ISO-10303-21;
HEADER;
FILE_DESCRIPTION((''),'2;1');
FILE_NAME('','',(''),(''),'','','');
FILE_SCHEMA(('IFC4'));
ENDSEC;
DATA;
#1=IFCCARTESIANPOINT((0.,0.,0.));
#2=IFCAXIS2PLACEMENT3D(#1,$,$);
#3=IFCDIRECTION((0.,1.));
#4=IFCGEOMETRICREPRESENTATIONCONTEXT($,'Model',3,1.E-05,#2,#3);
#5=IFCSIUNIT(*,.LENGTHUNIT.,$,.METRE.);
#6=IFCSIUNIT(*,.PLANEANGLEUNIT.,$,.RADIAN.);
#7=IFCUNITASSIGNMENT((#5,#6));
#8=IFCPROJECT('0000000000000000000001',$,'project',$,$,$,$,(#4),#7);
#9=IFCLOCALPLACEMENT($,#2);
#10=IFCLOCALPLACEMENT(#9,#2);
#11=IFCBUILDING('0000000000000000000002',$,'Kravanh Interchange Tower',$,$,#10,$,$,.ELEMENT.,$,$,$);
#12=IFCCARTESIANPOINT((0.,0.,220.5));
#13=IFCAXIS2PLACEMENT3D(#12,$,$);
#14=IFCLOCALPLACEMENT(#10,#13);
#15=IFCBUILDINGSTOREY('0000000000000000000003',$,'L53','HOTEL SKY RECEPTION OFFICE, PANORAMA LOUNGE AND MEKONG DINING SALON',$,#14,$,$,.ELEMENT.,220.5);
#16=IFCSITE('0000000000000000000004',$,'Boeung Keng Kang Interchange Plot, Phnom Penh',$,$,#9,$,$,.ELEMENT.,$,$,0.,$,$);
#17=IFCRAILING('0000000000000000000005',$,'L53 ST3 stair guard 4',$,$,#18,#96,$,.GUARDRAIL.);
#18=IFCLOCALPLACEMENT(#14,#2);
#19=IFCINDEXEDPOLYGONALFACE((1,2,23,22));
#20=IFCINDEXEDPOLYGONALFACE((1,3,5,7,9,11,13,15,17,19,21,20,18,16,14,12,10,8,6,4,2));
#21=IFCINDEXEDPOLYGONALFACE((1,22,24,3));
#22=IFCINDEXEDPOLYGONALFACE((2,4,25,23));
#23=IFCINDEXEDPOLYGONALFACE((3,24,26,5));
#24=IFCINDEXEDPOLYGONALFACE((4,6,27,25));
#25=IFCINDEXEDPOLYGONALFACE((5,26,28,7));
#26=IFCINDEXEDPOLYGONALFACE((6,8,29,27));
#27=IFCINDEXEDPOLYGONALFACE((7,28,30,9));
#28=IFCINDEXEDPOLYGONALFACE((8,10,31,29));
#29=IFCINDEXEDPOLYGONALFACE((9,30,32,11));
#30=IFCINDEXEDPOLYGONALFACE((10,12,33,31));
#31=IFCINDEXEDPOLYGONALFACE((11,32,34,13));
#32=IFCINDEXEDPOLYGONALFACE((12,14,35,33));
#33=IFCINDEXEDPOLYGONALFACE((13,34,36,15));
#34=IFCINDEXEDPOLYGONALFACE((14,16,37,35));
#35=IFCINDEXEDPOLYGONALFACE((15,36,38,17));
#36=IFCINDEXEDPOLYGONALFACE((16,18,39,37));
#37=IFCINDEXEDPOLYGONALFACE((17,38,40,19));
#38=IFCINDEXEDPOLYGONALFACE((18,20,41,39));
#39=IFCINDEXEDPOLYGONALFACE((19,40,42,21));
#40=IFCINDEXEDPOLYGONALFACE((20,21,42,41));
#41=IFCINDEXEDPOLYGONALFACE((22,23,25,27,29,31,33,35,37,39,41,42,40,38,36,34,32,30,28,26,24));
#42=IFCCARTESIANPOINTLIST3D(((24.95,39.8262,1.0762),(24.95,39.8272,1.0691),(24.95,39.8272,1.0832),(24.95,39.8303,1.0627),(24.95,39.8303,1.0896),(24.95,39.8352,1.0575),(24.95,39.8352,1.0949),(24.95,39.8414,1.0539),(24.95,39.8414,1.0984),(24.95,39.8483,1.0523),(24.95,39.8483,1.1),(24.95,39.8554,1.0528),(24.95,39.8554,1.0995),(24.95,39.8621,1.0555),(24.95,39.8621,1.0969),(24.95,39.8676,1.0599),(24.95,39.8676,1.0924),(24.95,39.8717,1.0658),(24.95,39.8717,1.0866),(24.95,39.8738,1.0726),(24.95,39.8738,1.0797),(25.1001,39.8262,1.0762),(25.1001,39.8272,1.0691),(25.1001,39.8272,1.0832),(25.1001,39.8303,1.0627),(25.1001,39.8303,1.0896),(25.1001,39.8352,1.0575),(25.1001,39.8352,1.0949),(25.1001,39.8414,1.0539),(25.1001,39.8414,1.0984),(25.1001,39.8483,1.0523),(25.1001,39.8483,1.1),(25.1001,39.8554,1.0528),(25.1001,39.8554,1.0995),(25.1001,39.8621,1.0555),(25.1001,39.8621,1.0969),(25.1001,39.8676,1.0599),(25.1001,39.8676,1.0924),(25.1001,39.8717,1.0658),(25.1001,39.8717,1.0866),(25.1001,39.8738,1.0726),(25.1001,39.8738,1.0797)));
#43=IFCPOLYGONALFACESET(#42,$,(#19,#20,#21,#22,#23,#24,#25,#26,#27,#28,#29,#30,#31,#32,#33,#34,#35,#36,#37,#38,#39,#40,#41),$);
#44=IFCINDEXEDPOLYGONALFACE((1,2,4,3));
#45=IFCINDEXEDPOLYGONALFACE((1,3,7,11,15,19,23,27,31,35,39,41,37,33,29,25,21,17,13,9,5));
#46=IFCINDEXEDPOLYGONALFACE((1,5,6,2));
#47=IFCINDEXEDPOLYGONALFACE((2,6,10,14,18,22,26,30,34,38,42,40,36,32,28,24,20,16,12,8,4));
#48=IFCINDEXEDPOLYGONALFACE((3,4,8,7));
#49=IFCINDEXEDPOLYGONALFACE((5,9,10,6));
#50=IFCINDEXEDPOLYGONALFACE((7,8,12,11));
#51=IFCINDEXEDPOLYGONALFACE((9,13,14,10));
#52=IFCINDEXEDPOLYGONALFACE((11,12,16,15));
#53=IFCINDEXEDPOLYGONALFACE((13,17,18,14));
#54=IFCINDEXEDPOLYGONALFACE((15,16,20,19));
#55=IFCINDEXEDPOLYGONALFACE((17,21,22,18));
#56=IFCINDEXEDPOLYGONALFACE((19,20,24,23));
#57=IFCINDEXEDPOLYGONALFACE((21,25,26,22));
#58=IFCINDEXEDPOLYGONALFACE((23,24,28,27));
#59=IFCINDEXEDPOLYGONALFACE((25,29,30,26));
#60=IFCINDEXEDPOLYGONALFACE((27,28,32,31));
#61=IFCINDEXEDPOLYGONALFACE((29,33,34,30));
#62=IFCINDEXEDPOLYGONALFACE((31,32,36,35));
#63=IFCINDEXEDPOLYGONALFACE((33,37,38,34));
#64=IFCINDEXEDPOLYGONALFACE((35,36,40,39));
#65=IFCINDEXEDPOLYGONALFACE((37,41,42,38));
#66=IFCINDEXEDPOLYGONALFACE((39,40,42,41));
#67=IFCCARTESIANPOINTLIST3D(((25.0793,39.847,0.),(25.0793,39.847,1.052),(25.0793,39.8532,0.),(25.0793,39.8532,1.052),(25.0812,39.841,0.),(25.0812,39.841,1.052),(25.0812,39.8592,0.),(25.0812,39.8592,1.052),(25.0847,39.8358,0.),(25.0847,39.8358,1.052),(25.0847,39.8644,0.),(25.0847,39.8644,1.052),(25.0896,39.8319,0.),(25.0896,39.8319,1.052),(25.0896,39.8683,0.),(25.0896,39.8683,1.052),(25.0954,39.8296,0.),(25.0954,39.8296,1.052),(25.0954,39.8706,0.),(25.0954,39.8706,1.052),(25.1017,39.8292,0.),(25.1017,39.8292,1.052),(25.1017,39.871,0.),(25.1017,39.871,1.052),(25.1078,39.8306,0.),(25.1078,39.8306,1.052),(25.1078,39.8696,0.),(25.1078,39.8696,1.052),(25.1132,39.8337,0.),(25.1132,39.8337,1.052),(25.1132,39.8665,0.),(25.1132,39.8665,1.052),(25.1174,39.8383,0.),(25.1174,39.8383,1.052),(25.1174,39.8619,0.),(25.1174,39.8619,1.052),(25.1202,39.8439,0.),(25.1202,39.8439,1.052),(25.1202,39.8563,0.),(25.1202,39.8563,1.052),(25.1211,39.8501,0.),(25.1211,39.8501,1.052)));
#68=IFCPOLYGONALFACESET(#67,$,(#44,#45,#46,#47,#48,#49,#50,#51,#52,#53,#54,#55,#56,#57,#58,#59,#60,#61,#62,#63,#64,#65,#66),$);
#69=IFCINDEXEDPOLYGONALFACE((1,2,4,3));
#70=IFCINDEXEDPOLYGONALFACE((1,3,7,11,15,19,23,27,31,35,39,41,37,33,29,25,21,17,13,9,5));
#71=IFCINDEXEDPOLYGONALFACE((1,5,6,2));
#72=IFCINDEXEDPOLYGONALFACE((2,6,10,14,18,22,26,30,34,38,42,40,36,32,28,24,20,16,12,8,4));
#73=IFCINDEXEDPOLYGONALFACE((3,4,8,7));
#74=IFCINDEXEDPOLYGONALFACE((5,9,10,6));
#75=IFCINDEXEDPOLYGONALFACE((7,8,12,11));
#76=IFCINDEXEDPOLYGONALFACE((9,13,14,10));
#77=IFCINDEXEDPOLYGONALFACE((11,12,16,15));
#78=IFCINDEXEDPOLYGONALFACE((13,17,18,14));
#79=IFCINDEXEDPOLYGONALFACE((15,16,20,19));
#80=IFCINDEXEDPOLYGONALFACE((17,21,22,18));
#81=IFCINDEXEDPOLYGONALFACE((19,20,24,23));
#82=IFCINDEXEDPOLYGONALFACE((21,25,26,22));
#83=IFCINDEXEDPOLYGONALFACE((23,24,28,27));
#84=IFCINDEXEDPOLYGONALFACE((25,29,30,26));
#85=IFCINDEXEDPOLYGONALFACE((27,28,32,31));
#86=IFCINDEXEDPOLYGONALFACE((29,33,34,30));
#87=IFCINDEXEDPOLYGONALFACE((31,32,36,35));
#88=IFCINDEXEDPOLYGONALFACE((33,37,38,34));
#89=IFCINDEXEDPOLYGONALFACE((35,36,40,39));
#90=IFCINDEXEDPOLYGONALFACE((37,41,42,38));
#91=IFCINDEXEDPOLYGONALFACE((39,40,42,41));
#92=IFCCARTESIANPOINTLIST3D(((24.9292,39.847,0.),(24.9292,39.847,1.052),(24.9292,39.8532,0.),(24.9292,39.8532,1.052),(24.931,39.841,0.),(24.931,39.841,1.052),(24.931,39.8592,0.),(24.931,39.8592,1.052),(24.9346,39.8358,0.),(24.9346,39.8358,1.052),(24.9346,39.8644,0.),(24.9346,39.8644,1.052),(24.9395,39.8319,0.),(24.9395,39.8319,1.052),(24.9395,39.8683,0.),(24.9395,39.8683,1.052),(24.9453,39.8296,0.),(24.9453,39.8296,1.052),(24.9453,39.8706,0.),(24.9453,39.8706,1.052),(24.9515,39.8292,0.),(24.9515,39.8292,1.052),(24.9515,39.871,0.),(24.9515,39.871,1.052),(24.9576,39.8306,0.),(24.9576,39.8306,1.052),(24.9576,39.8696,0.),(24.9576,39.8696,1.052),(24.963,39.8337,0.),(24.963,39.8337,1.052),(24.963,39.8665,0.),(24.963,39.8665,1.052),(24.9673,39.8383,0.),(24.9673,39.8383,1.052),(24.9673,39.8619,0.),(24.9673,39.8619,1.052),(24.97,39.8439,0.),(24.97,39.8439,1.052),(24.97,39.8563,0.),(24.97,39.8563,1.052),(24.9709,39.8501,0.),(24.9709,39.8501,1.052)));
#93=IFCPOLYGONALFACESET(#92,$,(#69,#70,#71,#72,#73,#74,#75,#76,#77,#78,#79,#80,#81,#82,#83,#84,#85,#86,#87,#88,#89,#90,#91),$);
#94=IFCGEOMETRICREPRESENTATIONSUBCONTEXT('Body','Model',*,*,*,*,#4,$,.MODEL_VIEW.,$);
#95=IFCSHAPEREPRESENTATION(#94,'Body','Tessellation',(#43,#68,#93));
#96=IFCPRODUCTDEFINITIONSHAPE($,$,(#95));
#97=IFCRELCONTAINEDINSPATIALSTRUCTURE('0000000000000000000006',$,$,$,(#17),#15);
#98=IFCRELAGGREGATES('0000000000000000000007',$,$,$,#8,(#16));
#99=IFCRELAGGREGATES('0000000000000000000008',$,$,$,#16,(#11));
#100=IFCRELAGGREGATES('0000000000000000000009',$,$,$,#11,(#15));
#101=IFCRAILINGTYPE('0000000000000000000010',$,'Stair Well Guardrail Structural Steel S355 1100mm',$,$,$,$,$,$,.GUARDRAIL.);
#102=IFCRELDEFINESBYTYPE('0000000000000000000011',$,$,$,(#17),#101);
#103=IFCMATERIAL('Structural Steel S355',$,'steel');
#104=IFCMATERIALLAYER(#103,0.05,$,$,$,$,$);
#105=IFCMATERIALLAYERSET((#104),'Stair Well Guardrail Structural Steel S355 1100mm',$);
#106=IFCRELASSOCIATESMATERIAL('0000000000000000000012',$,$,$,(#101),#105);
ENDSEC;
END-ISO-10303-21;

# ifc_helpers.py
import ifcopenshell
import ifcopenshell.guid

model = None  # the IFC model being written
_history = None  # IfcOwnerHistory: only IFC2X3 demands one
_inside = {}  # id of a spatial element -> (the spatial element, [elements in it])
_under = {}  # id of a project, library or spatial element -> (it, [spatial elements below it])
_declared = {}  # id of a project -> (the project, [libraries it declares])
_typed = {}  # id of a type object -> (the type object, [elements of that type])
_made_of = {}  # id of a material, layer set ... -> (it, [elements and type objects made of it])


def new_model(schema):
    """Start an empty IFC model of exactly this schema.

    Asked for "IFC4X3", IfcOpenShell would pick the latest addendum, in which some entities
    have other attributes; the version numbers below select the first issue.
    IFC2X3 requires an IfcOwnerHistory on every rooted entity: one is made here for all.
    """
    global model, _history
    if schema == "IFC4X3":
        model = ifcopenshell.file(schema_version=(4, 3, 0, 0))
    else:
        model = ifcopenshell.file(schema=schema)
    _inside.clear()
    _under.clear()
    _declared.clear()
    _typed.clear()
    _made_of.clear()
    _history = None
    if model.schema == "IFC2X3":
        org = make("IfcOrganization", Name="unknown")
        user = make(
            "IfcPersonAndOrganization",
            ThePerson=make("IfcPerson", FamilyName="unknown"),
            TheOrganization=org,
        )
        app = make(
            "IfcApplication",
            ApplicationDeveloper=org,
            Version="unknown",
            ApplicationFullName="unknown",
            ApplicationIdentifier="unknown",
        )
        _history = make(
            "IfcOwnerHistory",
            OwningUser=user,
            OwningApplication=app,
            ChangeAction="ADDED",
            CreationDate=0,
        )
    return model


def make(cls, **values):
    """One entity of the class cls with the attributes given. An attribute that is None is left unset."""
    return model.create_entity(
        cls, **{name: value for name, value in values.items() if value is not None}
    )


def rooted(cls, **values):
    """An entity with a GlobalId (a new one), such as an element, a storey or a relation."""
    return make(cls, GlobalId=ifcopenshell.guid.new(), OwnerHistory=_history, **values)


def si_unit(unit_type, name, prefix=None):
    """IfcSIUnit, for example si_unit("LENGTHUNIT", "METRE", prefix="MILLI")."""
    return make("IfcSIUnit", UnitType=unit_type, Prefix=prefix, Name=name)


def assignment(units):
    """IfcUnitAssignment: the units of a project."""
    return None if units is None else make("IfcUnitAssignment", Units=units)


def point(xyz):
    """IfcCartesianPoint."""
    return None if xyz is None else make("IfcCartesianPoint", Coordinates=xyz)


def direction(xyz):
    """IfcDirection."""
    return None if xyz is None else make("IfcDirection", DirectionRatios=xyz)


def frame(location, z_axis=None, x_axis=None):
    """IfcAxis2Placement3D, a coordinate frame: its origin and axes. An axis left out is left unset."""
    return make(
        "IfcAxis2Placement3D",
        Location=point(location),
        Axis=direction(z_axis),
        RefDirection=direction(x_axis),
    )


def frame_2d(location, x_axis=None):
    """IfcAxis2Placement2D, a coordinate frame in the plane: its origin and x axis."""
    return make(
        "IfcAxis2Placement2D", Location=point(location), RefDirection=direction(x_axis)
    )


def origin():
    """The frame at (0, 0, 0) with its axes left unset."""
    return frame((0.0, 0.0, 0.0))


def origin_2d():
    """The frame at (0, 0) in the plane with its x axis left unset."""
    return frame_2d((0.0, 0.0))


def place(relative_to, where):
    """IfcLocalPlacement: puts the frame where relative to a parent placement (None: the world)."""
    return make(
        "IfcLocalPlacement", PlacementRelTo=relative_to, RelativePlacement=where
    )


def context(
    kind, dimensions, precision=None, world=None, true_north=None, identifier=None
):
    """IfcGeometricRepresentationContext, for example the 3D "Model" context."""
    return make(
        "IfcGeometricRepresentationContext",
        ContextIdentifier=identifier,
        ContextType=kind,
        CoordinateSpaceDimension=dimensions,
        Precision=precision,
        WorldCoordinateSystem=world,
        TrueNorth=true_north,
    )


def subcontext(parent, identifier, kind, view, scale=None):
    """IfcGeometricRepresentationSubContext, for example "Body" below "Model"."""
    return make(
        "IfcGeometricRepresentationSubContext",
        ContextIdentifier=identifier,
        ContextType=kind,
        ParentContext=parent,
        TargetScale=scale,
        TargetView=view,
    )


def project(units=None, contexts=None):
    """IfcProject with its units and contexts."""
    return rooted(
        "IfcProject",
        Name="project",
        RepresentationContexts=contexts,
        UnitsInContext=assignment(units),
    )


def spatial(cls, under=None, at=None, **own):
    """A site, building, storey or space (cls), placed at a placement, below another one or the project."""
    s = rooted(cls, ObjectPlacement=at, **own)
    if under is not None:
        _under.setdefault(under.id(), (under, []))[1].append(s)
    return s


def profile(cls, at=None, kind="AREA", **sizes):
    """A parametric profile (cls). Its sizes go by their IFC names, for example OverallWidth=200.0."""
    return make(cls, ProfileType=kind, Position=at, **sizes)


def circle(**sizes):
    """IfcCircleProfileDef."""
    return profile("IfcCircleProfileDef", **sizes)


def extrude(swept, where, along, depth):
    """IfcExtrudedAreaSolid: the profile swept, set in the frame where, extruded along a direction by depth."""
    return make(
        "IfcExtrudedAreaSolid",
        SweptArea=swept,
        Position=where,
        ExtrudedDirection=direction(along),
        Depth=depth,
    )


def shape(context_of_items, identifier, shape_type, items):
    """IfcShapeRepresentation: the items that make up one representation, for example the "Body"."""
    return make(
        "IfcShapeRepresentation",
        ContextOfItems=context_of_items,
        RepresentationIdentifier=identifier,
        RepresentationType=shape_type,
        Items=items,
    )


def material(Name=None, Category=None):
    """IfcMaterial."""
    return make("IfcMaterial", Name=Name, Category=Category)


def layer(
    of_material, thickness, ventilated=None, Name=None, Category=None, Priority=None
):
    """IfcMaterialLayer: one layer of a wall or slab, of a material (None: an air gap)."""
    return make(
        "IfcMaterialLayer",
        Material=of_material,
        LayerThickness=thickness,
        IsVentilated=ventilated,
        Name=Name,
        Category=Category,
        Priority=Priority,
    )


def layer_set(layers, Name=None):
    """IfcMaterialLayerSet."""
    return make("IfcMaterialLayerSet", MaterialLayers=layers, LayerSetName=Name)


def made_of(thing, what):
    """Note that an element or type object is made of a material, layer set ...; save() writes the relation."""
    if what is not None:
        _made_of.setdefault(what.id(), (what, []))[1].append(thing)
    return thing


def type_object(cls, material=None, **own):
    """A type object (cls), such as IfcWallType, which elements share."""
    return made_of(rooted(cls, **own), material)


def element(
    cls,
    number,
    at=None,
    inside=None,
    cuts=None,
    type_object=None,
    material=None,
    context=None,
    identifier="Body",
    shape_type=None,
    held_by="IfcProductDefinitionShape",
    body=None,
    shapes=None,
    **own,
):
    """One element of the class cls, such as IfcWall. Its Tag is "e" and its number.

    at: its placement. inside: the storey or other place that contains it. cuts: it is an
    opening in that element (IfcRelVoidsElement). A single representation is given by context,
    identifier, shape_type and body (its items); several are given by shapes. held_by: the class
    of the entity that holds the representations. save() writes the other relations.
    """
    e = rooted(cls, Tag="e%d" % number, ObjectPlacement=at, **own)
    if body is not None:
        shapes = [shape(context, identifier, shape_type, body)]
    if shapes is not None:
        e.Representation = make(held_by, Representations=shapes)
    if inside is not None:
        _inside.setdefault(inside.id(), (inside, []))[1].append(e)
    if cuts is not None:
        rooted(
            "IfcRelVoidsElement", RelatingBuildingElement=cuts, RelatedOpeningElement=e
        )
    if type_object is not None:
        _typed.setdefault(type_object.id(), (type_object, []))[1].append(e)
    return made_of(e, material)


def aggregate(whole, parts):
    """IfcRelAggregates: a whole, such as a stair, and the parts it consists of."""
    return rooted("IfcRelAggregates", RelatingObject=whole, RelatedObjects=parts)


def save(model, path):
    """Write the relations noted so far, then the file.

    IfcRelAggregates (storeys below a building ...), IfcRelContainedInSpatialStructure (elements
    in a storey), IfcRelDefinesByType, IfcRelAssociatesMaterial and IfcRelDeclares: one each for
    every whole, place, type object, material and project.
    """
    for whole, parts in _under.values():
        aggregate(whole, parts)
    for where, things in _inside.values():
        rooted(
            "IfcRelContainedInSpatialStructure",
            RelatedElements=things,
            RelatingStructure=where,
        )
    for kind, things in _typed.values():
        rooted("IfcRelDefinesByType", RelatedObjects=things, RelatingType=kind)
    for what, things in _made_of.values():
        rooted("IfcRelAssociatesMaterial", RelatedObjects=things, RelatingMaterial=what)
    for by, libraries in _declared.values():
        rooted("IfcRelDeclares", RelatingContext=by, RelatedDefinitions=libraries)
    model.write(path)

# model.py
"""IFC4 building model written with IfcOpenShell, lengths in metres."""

from ifc_helpers import new_model, si_unit, direction, frame, origin, origin_2d, place, context, subcontext, project, spatial, circle, extrude, material, layer, layer_set, type_object, element, save


model = new_model("IFC4")

# Units and contexts
model_context = context("Model", 3, precision=1e-05, world=origin(), true_north=direction((0.0, 1.0)))
body_context = subcontext(model_context, "Body", "Model", "MODEL_VIEW")
ifc_project = project(units=[si_unit("LENGTHUNIT", "METRE"), si_unit("PLANEANGLEUNIT", "RADIAN")], contexts=[model_context])

# Site, building, storey
site_placement = place(None, origin())
site = spatial("IfcSite", under=ifc_project, at=site_placement, Name="Boeung Keng Kang Interchange Plot, Phnom Penh", CompositionType="ELEMENT", RefElevation=0.0)
building_placement = place(site_placement, origin())
building = spatial("IfcBuilding", under=site, at=building_placement, Name="Kravanh Interchange Tower", CompositionType="ELEMENT")
storey_placement = place(building_placement, frame((0.0, 0.0, 220.5)))
storey = spatial("IfcBuildingStorey", under=building, at=storey_placement, Name="L53", Description="HOTEL SKY RECEPTION OFFICE, PANORAMA LOUNGE AND MEKONG DINING SALON", CompositionType="ELEMENT", Elevation=220.5)

# Railing
ifc_material_1 = material(Name="Structural Steel S355", Category="steel")
ifc_layer_1 = layer(ifc_material_1, 0.05)
ifc_layer_set_1 = layer_set([ifc_layer_1], Name="Stair Well Guardrail Structural Steel S355 1100mm")
railing_type_1 = type_object("IfcRailingType", Name="Stair Well Guardrail Structural Steel S355 1100mm", PredefinedType="GUARDRAIL", material=ifc_layer_set_1)
railing_1_placement = place(storey_placement, frame((25.1001, 39.8501, 0.0)))
element("IfcRailing", 1, at=railing_1_placement, inside=storey, type_object=railing_type_1, Name="L53 ST3 stair guard 4", PredefinedType="GUARDRAIL", context=body_context, shape_type="SweptSolid", body=[
    extrude(circle(Radius=0.0239, at=origin_2d()), frame((0.0, 0.0, 1.0762), z_axis=(-1.0, 0.0, 0.0), x_axis=(0.0, -1.0, 0.0)), (0.0, 0.0, 1.0), 0.1501),
    extrude(circle(Radius=0.021, at=origin_2d()), origin(), (0.0, 0.0, 1.0), 1.052),
    extrude(circle(Radius=0.021, at=origin_2d()), frame((-0.1501, 0.0, 0.0)), (0.0, 0.0, 1.0), 1.052),
])

save(model, "model.ifc")
